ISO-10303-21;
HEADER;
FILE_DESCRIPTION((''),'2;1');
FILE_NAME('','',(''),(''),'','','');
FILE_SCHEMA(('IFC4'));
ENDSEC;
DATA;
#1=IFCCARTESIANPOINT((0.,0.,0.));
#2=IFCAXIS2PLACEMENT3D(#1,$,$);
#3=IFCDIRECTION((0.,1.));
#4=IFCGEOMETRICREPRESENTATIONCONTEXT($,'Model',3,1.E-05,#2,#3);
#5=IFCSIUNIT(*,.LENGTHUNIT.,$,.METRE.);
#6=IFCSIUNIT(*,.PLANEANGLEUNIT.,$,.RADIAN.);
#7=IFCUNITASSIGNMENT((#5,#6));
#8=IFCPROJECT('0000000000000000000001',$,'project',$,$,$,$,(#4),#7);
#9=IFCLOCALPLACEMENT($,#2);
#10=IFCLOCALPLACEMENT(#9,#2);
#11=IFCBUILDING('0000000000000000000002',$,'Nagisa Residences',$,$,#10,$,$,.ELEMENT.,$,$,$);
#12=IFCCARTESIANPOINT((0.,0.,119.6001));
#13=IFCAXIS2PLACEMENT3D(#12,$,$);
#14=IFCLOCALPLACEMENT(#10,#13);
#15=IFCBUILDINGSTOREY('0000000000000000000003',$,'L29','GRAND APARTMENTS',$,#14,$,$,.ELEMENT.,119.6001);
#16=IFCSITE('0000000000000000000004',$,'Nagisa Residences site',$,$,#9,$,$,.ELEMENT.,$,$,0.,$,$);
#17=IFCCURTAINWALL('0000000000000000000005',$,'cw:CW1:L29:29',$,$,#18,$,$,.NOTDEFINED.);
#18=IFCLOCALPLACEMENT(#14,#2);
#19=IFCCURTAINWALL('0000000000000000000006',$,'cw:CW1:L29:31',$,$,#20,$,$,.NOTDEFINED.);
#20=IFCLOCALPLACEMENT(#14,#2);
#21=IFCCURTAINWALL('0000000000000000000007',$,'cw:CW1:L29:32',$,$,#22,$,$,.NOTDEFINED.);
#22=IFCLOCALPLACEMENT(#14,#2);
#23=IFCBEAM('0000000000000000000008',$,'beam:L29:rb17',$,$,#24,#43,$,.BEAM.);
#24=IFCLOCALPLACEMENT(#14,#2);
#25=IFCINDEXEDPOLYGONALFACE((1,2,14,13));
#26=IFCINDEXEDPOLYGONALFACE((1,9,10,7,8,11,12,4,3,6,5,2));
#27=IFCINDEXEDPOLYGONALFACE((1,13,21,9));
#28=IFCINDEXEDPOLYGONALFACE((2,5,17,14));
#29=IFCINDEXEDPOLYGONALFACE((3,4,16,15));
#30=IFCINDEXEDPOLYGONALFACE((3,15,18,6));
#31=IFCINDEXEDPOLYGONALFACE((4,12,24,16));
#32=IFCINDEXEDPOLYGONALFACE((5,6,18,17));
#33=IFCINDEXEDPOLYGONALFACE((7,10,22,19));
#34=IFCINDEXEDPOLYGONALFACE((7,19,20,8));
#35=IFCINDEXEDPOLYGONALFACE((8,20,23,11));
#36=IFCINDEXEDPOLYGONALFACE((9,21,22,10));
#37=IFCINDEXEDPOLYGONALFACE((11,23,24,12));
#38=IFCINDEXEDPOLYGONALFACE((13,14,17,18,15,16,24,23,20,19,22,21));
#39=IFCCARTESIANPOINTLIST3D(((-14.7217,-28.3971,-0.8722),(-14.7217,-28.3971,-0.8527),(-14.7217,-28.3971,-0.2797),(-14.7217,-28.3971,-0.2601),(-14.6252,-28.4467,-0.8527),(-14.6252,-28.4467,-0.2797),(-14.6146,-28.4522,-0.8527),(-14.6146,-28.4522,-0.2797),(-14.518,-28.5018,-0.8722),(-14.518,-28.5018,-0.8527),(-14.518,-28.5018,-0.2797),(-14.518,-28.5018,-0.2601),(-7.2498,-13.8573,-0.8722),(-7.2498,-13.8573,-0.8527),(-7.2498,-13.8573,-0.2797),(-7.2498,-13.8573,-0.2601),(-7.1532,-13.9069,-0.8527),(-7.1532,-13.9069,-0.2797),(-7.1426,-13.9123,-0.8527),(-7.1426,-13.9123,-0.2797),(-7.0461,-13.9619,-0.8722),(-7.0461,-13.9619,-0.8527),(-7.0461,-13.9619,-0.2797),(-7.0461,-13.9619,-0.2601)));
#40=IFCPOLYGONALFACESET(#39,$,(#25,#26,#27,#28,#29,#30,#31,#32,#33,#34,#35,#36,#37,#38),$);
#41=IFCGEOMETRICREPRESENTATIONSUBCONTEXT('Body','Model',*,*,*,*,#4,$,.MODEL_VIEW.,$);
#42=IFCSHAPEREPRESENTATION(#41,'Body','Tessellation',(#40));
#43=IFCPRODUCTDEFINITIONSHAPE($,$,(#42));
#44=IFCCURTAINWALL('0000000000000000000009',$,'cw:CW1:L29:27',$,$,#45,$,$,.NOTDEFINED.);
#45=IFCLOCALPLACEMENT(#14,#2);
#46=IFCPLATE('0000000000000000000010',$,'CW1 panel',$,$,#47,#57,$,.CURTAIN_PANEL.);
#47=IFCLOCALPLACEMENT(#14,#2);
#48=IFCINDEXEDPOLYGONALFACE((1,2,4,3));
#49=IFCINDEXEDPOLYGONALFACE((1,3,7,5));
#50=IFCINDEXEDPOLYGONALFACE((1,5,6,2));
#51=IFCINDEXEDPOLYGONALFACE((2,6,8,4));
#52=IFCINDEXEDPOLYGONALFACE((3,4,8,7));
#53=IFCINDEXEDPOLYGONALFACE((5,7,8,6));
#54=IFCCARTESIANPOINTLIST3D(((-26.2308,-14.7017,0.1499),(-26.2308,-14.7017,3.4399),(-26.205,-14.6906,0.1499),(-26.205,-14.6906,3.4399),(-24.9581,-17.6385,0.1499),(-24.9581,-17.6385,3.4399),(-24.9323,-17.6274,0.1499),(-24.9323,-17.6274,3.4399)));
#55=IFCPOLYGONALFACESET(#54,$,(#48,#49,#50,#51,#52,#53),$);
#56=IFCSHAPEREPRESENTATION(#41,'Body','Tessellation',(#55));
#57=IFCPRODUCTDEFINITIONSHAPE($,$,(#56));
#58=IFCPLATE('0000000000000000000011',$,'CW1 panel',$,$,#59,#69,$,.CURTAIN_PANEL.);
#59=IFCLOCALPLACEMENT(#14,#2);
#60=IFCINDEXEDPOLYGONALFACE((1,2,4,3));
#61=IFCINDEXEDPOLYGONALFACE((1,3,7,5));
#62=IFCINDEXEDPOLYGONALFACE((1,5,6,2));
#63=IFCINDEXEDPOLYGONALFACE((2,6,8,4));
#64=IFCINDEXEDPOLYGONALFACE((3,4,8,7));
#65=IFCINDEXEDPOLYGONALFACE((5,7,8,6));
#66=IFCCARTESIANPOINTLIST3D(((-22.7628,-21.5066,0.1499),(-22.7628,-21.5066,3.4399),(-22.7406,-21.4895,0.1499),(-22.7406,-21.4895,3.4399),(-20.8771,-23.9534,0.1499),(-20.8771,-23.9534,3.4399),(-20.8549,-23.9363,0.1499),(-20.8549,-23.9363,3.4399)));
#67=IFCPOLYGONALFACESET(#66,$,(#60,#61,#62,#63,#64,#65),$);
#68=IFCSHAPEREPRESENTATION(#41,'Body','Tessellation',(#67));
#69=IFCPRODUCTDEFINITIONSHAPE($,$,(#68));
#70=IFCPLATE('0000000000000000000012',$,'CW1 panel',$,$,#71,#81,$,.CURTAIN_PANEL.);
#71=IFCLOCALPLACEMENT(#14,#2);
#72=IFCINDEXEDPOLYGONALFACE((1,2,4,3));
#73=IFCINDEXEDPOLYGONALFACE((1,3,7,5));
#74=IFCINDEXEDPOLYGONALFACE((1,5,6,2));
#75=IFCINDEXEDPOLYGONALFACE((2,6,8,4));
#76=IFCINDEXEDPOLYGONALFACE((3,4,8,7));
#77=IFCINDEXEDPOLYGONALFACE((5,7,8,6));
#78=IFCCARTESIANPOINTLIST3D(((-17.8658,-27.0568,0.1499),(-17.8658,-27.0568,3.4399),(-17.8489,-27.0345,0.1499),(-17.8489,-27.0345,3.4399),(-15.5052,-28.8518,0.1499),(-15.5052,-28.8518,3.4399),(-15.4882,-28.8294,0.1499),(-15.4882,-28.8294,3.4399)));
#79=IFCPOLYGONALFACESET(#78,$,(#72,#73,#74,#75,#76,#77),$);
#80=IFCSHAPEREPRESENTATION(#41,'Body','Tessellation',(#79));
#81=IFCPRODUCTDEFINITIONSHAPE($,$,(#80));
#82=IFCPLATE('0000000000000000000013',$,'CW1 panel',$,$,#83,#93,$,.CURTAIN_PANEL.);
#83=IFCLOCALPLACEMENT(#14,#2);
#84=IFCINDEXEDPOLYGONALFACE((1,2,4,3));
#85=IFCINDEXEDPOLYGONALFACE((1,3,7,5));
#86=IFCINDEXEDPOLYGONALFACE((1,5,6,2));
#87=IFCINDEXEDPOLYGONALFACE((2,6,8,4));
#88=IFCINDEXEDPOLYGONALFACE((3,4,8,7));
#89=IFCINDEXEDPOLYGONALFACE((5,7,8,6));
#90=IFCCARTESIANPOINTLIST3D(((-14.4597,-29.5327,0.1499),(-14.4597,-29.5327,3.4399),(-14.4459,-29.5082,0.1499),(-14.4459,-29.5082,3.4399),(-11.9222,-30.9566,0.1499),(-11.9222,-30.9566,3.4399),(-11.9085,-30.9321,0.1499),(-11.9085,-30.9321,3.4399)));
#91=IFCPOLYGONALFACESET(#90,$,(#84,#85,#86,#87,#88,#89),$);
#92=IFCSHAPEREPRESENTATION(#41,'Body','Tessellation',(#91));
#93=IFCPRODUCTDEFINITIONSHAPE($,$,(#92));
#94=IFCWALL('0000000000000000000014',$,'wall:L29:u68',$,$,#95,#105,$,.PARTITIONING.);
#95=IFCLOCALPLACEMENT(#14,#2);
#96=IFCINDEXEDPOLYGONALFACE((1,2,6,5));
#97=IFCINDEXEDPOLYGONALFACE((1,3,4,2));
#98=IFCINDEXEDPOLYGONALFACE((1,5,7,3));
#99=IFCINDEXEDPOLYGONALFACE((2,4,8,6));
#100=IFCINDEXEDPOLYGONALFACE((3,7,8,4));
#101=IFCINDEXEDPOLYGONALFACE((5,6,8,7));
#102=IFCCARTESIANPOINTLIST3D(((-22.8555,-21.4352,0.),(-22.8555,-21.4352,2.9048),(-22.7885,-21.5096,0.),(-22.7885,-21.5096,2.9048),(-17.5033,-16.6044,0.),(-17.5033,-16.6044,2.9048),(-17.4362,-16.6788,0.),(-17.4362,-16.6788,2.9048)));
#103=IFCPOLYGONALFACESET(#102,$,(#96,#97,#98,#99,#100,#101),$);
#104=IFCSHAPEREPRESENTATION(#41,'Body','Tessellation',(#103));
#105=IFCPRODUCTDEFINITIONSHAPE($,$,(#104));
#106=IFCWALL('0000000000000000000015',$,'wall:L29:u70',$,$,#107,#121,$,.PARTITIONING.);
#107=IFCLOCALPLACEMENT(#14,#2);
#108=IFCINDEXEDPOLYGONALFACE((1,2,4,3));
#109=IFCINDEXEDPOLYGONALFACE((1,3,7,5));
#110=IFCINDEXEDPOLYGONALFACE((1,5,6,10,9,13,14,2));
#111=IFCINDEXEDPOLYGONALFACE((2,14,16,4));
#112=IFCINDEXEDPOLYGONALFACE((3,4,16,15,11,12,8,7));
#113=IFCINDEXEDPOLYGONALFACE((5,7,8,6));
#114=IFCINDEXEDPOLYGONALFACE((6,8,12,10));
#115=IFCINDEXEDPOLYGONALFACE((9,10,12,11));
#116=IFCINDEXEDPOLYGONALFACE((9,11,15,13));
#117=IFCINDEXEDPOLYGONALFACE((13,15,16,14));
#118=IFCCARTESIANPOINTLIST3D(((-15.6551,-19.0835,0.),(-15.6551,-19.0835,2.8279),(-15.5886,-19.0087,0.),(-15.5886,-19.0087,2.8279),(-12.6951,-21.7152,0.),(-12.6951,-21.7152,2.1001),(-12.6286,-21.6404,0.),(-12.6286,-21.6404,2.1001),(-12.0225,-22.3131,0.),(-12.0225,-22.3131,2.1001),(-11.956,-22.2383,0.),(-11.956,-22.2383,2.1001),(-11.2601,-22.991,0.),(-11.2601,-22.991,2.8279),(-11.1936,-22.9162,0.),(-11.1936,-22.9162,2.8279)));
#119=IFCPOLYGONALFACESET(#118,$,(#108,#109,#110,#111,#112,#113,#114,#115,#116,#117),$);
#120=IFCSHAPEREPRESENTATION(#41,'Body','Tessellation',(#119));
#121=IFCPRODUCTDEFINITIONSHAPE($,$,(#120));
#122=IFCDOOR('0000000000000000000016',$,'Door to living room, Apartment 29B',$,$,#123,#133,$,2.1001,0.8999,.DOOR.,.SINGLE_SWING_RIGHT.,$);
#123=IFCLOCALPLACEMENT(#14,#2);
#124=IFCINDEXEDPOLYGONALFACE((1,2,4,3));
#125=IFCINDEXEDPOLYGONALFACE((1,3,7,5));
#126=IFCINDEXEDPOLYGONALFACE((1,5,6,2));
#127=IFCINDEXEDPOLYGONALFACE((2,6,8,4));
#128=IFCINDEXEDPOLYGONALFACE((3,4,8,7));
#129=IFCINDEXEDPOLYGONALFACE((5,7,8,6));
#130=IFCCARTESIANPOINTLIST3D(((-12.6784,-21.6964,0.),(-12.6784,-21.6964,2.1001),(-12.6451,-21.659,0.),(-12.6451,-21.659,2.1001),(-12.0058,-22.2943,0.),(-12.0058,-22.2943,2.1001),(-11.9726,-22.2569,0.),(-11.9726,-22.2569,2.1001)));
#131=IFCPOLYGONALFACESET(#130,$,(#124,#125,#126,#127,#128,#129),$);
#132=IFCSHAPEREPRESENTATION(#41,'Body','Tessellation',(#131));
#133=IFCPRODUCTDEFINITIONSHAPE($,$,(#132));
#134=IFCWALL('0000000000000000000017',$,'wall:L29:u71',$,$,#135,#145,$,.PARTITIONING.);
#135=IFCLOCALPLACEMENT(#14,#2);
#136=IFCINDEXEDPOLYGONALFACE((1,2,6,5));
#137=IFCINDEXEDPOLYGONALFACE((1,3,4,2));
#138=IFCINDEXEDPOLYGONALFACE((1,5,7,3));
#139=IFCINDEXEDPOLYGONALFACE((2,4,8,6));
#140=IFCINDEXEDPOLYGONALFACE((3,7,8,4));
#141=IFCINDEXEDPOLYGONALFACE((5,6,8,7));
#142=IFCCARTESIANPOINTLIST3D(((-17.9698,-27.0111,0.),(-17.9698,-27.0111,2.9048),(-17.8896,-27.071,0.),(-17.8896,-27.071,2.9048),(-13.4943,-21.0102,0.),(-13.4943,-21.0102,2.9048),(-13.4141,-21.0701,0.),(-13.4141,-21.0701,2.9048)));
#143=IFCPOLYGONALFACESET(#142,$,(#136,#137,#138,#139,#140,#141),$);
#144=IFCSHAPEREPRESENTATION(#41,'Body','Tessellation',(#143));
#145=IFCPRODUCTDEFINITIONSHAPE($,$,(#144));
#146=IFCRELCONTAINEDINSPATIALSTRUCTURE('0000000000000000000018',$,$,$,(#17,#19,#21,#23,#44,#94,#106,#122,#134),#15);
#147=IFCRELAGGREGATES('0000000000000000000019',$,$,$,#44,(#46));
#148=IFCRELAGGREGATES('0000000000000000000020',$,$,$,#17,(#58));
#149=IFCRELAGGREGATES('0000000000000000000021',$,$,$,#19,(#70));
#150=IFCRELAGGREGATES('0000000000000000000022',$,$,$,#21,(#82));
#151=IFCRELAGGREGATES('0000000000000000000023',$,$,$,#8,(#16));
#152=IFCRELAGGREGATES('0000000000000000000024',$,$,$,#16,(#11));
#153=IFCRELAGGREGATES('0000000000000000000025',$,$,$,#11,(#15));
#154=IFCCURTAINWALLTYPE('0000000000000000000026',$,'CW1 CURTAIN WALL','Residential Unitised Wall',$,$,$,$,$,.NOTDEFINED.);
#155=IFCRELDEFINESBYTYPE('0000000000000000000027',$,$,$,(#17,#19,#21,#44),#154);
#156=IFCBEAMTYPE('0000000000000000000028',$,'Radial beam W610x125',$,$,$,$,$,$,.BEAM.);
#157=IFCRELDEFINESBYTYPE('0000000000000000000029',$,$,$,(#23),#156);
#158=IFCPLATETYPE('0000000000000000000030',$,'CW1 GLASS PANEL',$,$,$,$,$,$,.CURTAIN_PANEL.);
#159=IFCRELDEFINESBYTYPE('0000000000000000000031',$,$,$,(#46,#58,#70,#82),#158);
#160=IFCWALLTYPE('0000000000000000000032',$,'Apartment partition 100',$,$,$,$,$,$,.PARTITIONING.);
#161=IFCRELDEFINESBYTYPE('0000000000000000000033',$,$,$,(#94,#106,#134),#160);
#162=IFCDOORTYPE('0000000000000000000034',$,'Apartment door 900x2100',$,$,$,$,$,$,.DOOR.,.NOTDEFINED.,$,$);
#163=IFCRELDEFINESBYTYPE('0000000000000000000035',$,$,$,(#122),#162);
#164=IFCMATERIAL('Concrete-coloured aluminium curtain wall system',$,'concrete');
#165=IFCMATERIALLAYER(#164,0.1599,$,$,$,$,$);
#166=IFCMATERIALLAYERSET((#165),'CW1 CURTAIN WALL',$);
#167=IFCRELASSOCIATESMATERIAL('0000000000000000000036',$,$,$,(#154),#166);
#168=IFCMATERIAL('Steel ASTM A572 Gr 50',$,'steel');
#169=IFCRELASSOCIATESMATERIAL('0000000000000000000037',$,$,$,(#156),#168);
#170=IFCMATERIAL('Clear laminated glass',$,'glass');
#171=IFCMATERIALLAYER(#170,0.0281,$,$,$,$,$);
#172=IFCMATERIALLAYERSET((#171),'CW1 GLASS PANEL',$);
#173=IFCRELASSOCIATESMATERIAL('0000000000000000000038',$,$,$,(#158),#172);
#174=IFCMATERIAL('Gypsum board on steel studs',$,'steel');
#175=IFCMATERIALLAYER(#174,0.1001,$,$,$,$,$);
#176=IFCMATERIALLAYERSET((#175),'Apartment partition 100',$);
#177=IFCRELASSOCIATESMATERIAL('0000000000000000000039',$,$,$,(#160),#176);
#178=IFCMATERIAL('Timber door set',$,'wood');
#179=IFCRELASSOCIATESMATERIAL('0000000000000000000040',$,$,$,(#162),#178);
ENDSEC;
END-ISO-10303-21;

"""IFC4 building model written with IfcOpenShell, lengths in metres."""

from ifc_helpers import new_model, si_unit, direction, frame, frame_2d, origin, origin_2d, place, context, subcontext, project, spatial, rectangle, i_section, extrude, material, layer, layer_set, material_profile, profile_set, type_object, element, fill, aggregate, save


model = new_model("IFC4")

# Units and contexts
model_context = context("Model", 3, precision=1e-05, world=origin(), true_north=direction((0.0, 1.0)))
body_context = subcontext(model_context, "Body", "Model", "MODEL_VIEW")
ifc_project = project(units=[si_unit("LENGTHUNIT", "METRE"), si_unit("PLANEANGLEUNIT", "RADIAN")], contexts=[model_context])

# Site, building, storey
site_placement = place(None, origin())
site = spatial("IfcSite", under=ifc_project, at=site_placement, Name="Nagisa Residences site", CompositionType="ELEMENT", RefElevation=0.0)
building_placement = place(site_placement, origin())
building = spatial("IfcBuilding", under=site, at=building_placement, Name="Nagisa Residences", CompositionType="ELEMENT")
storey_placement = place(building_placement, frame((0.0, 0.0, 119.6001)))
storey = spatial("IfcBuildingStorey", under=building, at=storey_placement, Name="L29", Description="GRAND APARTMENTS", CompositionType="ELEMENT", Elevation=119.6001)

# Curtain walls
ifc_material_1 = material(Name="Concrete-coloured aluminium curtain wall system", Category="concrete")
ifc_layer_1 = layer(ifc_material_1, 0.1599)
ifc_layer_set_1 = layer_set([ifc_layer_1], Name="CW1 CURTAIN WALL")
curtain_wall_type = type_object("IfcCurtainWallType", Name="CW1 CURTAIN WALL", Description="Residential Unitised Wall", PredefinedType="NOTDEFINED", material=ifc_layer_set_1)
curtain_wall_1_placement = place(storey_placement, origin())
curtain_wall_1 = element("IfcCurtainWall", 1, at=curtain_wall_1_placement, inside=storey, type_object=curtain_wall_type, Name="cw:CW1:L29:29", PredefinedType="NOTDEFINED")
curtain_wall_2_placement = place(storey_placement, origin())
curtain_wall_2 = element("IfcCurtainWall", 2, at=curtain_wall_2_placement, inside=storey, type_object=curtain_wall_type, Name="cw:CW1:L29:31", PredefinedType="NOTDEFINED")
curtain_wall_3_placement = place(storey_placement, origin())
curtain_wall_3 = element("IfcCurtainWall", 3, at=curtain_wall_3_placement, inside=storey, type_object=curtain_wall_type, Name="cw:CW1:L29:32", PredefinedType="NOTDEFINED")

# Beam
ifc_material_2 = material(Name="Steel ASTM A572 Gr 50", Category="steel")
ifc_material_profile_1 = material_profile(ifc_material_2, i_section(OverallWidth=0.229, OverallDepth=0.6121, WebThickness=0.012, FlangeThickness=0.0195, at=origin_2d()), Name="W610x125")
ifc_profile_set_1 = profile_set([ifc_material_profile_1], Name="Steel ASTM A572 Gr 50")
beam_type = type_object("IfcBeamType", Name="Radial beam W610x125", PredefinedType="BEAM", material=ifc_profile_set_1)
beam_1_placement = place(storey_placement, frame((-14.6199, -28.4495, -0.5662), z_axis=(0.457073, 0.889429, 0.0), x_axis=(-0.889429, 0.457073, 0.0)))
element("IfcBeam", 4, at=beam_1_placement, inside=storey, type_object=beam_type, Name="beam:L29:rb17", PredefinedType="BEAM", context=body_context, shape_type="SweptSolid", body=[
    extrude(i_section(OverallWidth=0.229, OverallDepth=0.6121, WebThickness=0.012, FlangeThickness=0.0195, at=origin_2d()), origin(), (0.0, 0.0, 1.0), 16.3474),
])

# Curtain wall, plate
curtain_wall_4_placement = place(storey_placement, origin())
curtain_wall_4 = element("IfcCurtainWall", 5, at=curtain_wall_4_placement, inside=storey, type_object=curtain_wall_type, Name="cw:CW1:L29:27", PredefinedType="NOTDEFINED")
ifc_material_3 = material(Name="Clear laminated glass", Category="glass")
ifc_layer_2 = layer(ifc_material_3, 0.0281)
ifc_layer_set_2 = layer_set([ifc_layer_2], Name="CW1 GLASS PANEL")
plate_type = type_object("IfcPlateType", Name="CW1 GLASS PANEL", PredefinedType="CURTAIN_PANEL", material=ifc_layer_set_2)
plate_1_placement = place(storey_placement, frame((-25.5815, -16.1646, 0.1499), z_axis=(0.0, 0.0, 1.0), x_axis=(0.397636, -0.917543, 0.0)))
plate_1 = element("IfcPlate", 6, at=plate_1_placement, type_object=plate_type, Name="CW1 panel", PredefinedType="CURTAIN_PANEL", context=body_context, shape_type="SweptSolid", body=[
    extrude(rectangle(XDim=3.2007, YDim=0.0281, at=origin_2d()), origin(), (0.0, 0.0, 1.0), 3.29),
])
aggregate(curtain_wall_4, [plate_1])

# Plates
plate_2_placement = place(storey_placement, frame((-21.8088, -22.7214, 0.1499), z_axis=(0.0, 0.0, 1.0), x_axis=(0.61043, -0.79207, 0.0)))
plate_2 = element("IfcPlate", 7, at=plate_2_placement, type_object=plate_type, Name="CW1 panel", PredefinedType="CURTAIN_PANEL", context=body_context, shape_type="SweptSolid", body=[
    extrude(rectangle(XDim=3.0891, YDim=0.0281, at=origin_2d()), origin(), (0.0, 0.0, 1.0), 3.29),
])
aggregate(curtain_wall_1, [plate_2])
plate_3_placement = place(storey_placement, frame((-16.677, -27.9431, 0.1499), z_axis=(0.0, 0.0, 1.0), x_axis=(0.796031, -0.605255, 0.0)))
plate_3 = element("IfcPlate", 8, at=plate_3_placement, type_object=plate_type, Name="CW1 panel", PredefinedType="CURTAIN_PANEL", context=body_context, shape_type="SweptSolid", body=[
    extrude(rectangle(XDim=2.9656, YDim=0.0281, at=origin_2d()), origin(), (0.0, 0.0, 1.0), 3.29),
])
aggregate(curtain_wall_2, [plate_3])
plate_4_placement = place(storey_placement, frame((-13.1841, -30.2324, 0.1499), z_axis=(0.0, 0.0, 1.0), x_axis=(0.872072, -0.489377, 0.0)))
plate_4 = element("IfcPlate", 9, at=plate_4_placement, type_object=plate_type, Name="CW1 panel", PredefinedType="CURTAIN_PANEL", context=body_context, shape_type="SweptSolid", body=[
    extrude(rectangle(XDim=2.9097, YDim=0.0281, at=origin_2d()), origin(), (0.0, 0.0, 1.0), 3.29),
])
aggregate(curtain_wall_3, [plate_4])

# Wall
ifc_material_4 = material(Name="Gypsum board on steel studs", Category="steel")
ifc_layer_3 = layer(ifc_material_4, 0.1001)
ifc_layer_set_3 = layer_set([ifc_layer_3], Name="Apartment partition 100")
wall_type_1 = type_object("IfcWallType", Name="Apartment partition 100", PredefinedType="PARTITIONING", material=ifc_layer_set_3)
wall_1_placement = place(storey_placement, frame((-17.4697, -16.6416, 0.0), z_axis=(0.0, 0.0, 1.0), x_axis=(-0.742345, -0.670017, 0.0)))
element("IfcWall", 10, at=wall_1_placement, inside=storey, type_object=wall_type_1, Name="wall:L29:u68", PredefinedType="PARTITIONING", context=body_context, shape_type="SweptSolid", body=[
    extrude(rectangle(XDim=7.21, YDim=0.1001, at=frame_2d((3.605, 0.0))), origin(), (0.0, 0.0, 1.0), 2.9048),
])

# Wall, opening, door
wall_2_placement = place(storey_placement, frame((-15.6218, -19.0461, 0.0), z_axis=(0.0, 0.0, 1.0), x_axis=(0.747343, -0.664439, 0.0)))
wall_2 = element("IfcWall", 11, at=wall_2_placement, inside=storey, type_object=wall_type_1, Name="wall:L29:u70", PredefinedType="PARTITIONING", context=body_context, shape_type="SweptSolid", body=[
    extrude(rectangle(XDim=5.8809, YDim=0.1001, at=frame_2d((2.9404, 0.0))), origin(), (0.0, 0.0, 1.0), 2.8279),
])
opening_1_placement = place(wall_2_placement, frame((3.9607, 0.0, 0.0)))
opening_1 = element("IfcOpeningElement", 12, at=opening_1_placement, cuts=wall_2, PredefinedType="OPENING", context=body_context, shape_type="SweptSolid", body=[
    extrude(rectangle(XDim=0.8999, YDim=2.1001, at=frame_2d((0.45, 1.05))), frame((0.0, 0.0601, 0.0), z_axis=(0.0, -1.0, 0.0), x_axis=(1.0, 0.0, 0.0)), (0.0, 0.0, 1.0), 0.1201),
])
ifc_material_5 = material(Name="Timber door set", Category="wood")
door_type_1 = type_object("IfcDoorType", Name="Apartment door 900x2100", OperationType="NOTDEFINED", PredefinedType="DOOR", material=ifc_material_5)
door_1_placement = place(opening_1_placement, frame((0.8999, 0.0, 0.0), x_axis=(-1.0, 0.0, 0.0)))
door_1 = element("IfcDoor", 13, at=door_1_placement, inside=storey, type_object=door_type_1, Name="Door to living room, Apartment 29B", OperationType="SINGLE_SWING_RIGHT", OverallHeight=2.1001, OverallWidth=0.8999, PredefinedType="DOOR", context=body_context, shape_type="SweptSolid", body=[
    extrude(rectangle(XDim=0.8999, YDim=2.1001, at=frame_2d((0.45, 1.05))), frame((0.0, 0.0249, 0.0), z_axis=(0.0, -1.0, 0.0), x_axis=(1.0, 0.0, 0.0)), (0.0, 0.0, 1.0), 0.05),
])
fill(opening_1, door_1)

# Wall
wall_3_placement = place(storey_placement, frame((-13.4541, -21.04, 0.0), z_axis=(0.0, 0.0, 1.0), x_axis=(-0.597848, -0.801609, 0.0)))
element("IfcWall", 14, at=wall_3_placement, inside=storey, type_object=wall_type_1, Name="wall:L29:u71", PredefinedType="PARTITIONING", context=body_context, shape_type="SweptSolid", body=[
    extrude(rectangle(XDim=7.4861, YDim=0.1001, at=frame_2d((3.7432, 0.0))), origin(), (0.0, 0.0, 1.0), 2.9048),
])

save(model, "model.ifc")
